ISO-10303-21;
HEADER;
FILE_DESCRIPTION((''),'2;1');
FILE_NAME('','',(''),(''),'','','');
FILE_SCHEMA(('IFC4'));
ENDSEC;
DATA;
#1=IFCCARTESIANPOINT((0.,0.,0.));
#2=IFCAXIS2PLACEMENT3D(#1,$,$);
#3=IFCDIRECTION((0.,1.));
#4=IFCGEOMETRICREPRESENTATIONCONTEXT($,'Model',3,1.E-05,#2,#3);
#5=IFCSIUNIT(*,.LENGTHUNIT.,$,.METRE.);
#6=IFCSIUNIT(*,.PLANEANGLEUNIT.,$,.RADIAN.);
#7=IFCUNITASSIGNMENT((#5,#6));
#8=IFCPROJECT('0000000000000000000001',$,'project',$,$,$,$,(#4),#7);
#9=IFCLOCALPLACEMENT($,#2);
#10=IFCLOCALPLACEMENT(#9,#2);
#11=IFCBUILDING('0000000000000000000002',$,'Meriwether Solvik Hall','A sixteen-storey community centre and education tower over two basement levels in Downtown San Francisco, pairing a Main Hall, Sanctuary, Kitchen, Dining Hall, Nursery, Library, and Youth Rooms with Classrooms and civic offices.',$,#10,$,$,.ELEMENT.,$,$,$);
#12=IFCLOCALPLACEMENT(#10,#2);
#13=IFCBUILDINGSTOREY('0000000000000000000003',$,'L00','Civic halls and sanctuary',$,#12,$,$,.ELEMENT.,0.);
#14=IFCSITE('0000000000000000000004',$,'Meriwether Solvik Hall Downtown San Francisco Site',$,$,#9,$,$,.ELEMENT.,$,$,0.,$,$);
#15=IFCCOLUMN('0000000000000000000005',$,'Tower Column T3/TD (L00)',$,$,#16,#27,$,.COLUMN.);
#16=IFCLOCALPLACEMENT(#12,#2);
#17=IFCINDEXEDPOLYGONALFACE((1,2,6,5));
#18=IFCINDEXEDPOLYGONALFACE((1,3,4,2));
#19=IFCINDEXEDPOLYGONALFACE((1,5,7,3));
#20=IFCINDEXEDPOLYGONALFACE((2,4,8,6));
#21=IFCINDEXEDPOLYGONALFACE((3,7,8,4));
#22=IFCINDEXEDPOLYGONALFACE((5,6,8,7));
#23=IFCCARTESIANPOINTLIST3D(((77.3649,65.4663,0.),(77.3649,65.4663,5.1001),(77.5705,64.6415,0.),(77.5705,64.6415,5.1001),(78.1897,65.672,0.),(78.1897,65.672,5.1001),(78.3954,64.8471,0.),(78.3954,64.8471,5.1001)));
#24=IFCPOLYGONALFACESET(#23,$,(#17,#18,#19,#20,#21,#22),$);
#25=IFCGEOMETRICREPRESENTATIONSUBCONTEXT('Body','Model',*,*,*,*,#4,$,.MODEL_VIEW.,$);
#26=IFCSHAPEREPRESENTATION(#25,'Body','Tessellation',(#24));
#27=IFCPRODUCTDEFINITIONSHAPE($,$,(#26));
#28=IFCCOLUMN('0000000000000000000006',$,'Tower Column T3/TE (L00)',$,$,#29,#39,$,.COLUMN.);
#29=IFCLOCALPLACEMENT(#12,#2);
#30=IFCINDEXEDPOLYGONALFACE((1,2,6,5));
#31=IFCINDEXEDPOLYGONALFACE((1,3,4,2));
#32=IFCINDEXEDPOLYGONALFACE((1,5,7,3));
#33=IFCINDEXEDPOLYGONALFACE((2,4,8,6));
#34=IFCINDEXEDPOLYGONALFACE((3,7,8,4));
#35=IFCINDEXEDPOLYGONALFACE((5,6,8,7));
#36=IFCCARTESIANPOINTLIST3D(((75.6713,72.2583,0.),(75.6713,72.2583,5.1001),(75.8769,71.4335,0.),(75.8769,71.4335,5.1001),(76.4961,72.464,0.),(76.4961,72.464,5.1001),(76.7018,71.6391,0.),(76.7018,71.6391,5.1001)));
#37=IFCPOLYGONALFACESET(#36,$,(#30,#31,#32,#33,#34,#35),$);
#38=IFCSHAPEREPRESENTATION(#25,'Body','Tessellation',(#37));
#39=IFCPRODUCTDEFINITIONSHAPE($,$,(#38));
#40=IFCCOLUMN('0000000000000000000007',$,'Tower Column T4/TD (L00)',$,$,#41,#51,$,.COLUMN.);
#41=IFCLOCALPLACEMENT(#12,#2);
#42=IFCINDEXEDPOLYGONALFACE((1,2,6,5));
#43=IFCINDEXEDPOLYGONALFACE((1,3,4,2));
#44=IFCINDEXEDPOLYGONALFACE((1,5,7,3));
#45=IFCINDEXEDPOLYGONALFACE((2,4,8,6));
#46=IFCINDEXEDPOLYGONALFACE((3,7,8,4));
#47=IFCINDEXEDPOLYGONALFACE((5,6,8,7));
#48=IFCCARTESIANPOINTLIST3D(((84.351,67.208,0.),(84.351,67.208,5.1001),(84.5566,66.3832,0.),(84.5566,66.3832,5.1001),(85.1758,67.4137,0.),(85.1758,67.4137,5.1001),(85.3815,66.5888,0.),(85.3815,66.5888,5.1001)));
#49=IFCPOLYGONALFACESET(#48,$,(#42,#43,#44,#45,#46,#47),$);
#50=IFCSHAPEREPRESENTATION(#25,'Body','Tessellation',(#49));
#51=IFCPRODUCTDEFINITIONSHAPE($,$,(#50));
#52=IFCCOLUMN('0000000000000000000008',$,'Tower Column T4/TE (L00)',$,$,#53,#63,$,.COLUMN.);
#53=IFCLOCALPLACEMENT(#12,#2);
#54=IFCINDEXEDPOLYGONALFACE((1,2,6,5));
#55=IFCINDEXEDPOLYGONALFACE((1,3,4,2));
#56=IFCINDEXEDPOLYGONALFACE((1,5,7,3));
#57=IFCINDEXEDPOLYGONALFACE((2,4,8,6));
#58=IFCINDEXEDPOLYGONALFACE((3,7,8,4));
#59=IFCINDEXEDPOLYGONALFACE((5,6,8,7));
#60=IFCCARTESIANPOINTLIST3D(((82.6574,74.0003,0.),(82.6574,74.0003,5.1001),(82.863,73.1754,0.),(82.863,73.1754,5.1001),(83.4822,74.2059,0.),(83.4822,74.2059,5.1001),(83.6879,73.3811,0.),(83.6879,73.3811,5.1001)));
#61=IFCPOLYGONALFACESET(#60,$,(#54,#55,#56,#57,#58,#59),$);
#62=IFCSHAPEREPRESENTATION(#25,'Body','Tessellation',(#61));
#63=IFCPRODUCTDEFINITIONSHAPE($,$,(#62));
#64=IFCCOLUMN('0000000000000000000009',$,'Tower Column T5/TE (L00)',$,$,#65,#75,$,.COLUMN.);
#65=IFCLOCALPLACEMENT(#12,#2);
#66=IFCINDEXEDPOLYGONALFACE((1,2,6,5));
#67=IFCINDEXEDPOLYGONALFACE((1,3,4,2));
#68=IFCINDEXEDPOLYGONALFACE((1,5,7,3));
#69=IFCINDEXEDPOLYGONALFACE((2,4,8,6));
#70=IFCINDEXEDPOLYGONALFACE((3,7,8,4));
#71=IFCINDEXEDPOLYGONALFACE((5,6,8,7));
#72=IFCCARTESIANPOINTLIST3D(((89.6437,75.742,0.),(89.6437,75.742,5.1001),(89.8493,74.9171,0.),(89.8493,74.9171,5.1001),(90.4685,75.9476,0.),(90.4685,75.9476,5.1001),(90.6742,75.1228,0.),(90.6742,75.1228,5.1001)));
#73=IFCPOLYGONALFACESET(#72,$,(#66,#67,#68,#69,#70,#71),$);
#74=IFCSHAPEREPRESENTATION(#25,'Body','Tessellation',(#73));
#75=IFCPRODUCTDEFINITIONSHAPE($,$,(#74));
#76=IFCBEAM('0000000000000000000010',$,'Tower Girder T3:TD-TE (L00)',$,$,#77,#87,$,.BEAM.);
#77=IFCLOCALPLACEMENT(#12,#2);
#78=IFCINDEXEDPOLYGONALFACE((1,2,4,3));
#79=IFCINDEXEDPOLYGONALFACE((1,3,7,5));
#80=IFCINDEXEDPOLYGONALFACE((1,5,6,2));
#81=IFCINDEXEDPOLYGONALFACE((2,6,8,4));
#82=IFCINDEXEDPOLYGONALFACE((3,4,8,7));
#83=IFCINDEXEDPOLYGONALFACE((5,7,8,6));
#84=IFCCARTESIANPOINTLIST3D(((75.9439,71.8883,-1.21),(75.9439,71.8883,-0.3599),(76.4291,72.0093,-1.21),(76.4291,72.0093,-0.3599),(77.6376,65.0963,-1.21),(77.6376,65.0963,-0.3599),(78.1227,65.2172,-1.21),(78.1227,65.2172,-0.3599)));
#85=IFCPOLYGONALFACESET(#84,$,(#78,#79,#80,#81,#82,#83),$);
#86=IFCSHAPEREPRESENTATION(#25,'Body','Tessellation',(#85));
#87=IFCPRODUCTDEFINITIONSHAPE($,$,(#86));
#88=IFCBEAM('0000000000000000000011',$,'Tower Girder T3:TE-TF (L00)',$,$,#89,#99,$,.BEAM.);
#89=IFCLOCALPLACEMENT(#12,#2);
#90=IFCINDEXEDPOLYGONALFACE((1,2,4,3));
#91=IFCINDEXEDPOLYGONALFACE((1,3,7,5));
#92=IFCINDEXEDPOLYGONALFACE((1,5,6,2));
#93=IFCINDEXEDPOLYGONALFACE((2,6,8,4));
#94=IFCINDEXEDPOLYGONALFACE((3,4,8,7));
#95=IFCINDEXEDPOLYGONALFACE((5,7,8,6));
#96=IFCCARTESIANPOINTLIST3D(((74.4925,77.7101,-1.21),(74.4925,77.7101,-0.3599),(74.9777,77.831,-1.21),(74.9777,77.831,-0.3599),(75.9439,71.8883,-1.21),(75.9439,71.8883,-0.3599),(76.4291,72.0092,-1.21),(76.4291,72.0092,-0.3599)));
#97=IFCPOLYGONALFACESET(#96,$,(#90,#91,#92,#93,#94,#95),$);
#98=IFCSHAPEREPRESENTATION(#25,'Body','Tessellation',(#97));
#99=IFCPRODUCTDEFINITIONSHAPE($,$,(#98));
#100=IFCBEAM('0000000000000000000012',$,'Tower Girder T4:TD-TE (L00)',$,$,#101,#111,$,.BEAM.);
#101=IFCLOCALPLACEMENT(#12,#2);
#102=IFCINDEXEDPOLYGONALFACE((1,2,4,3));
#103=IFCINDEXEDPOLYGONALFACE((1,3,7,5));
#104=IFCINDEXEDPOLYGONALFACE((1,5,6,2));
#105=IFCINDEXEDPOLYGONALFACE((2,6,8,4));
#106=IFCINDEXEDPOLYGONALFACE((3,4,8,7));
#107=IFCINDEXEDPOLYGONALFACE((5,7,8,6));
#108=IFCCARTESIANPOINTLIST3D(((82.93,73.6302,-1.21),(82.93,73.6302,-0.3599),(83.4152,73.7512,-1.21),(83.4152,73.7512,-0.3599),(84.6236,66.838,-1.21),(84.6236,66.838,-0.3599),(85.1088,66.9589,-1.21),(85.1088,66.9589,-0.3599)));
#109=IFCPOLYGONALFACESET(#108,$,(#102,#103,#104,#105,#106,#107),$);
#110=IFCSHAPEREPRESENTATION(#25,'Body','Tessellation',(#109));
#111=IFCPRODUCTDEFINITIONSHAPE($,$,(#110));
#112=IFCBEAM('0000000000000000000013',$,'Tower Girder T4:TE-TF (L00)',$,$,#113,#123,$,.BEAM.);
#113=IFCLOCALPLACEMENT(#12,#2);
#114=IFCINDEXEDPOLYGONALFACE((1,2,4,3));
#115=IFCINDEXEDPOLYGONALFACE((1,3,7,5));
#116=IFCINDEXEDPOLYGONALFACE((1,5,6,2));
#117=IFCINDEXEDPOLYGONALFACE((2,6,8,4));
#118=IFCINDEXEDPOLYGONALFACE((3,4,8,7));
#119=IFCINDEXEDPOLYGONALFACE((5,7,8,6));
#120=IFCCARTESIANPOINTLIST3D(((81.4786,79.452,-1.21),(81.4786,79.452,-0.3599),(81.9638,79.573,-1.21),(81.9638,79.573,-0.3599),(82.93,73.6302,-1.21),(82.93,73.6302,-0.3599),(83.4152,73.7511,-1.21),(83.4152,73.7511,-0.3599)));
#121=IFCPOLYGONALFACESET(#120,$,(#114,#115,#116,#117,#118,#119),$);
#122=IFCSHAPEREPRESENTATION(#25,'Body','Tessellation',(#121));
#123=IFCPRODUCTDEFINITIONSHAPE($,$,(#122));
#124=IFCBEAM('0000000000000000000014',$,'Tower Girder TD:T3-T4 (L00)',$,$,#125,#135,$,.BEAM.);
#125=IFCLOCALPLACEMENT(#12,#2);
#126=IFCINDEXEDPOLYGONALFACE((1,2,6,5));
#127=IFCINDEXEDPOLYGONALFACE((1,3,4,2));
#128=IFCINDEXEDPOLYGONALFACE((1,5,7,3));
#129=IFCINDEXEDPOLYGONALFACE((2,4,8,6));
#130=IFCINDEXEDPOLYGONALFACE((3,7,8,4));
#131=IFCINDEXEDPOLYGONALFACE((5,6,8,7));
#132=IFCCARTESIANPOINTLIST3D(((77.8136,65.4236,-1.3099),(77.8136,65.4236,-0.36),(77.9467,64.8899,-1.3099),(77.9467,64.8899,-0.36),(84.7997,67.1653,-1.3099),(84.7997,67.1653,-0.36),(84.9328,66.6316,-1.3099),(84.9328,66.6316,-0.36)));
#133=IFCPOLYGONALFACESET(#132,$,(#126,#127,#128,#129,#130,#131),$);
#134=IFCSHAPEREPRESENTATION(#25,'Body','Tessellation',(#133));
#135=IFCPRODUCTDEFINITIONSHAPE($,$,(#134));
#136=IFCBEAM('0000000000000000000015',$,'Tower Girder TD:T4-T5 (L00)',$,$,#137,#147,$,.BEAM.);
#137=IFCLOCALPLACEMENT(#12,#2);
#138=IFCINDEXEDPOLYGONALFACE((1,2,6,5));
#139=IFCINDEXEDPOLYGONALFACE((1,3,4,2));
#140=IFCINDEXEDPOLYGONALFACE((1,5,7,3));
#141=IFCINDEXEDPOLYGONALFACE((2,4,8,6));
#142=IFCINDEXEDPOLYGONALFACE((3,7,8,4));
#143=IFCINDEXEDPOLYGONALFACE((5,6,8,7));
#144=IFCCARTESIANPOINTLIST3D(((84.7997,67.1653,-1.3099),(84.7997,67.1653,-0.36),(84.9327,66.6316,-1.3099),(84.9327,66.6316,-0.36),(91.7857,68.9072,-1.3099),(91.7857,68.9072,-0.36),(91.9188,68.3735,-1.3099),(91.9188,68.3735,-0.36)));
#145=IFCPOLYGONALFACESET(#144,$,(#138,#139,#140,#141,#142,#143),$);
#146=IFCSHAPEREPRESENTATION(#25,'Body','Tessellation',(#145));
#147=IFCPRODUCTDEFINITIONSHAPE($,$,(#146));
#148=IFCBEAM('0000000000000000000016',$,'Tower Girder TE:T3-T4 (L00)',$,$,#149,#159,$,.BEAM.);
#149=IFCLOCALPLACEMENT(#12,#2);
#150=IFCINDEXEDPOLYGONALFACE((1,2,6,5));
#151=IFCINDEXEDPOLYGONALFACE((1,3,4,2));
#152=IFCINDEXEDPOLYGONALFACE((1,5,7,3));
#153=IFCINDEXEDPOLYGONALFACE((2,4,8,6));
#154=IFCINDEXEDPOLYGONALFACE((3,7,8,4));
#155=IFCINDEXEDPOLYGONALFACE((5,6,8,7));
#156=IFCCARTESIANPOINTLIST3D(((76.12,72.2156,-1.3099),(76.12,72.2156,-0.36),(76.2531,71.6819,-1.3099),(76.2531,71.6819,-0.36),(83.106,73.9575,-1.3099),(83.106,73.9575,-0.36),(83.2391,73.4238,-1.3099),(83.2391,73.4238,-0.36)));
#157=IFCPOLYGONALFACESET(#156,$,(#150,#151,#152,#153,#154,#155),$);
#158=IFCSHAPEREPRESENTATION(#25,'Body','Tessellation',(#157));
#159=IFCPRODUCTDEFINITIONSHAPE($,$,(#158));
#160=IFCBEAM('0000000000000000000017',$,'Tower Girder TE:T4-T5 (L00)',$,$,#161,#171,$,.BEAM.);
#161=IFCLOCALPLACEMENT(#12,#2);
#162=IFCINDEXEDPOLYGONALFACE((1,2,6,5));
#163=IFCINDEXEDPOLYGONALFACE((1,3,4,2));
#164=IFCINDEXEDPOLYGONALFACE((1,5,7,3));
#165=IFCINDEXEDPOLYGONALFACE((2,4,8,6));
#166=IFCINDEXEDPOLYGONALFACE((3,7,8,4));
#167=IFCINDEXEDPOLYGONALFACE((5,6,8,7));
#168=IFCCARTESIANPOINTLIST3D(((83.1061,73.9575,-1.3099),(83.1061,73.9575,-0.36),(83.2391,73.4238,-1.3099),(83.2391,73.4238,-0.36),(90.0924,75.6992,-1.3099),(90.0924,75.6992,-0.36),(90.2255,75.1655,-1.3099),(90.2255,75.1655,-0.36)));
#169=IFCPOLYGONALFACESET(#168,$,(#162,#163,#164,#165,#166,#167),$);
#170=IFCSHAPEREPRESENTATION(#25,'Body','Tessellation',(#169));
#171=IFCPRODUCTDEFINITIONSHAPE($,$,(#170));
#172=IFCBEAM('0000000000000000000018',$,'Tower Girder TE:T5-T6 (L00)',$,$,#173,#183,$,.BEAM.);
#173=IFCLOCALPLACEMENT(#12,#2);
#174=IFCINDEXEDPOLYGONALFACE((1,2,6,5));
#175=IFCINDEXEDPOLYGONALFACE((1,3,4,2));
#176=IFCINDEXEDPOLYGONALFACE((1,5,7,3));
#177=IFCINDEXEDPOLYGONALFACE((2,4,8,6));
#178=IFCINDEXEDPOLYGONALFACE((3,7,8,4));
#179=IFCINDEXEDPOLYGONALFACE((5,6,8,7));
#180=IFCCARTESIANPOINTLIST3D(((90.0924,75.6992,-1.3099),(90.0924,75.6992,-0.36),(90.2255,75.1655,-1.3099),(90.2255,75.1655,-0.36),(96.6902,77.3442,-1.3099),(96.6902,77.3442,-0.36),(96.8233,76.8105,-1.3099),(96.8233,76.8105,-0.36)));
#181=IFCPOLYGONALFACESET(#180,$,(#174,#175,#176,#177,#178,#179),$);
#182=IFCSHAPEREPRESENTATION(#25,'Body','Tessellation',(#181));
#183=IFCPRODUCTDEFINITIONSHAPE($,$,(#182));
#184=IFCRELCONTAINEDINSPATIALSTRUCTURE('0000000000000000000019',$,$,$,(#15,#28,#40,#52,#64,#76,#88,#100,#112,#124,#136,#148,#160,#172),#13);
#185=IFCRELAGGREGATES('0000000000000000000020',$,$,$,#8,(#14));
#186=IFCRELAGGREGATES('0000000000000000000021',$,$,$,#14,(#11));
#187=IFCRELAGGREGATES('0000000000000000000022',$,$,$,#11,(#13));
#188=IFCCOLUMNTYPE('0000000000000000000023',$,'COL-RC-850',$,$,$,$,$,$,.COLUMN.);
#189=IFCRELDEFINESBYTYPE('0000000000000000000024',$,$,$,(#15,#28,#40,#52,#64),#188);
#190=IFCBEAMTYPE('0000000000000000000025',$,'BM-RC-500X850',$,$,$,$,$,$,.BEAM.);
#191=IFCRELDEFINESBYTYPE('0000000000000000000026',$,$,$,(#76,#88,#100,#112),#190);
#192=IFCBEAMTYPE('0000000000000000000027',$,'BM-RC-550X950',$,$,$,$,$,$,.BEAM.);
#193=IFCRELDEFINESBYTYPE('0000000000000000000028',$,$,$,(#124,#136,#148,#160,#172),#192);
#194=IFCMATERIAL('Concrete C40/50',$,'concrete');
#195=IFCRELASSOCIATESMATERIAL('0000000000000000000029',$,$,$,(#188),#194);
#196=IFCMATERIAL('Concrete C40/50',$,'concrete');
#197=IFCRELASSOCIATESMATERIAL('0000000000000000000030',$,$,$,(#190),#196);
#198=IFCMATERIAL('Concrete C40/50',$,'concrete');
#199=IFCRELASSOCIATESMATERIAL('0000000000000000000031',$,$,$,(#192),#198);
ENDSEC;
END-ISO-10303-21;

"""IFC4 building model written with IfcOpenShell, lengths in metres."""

from ifc_helpers import new_model, si_unit, direction, frame, origin, origin_2d, place, context, subcontext, project, spatial, rectangle, extrude, material, material_profile, profile_set, type_object, element, save


model = new_model("IFC4")

# Units and contexts
model_context = context("Model", 3, precision=1e-05, world=origin(), true_north=direction((0.0, 1.0)))
body_context = subcontext(model_context, "Body", "Model", "MODEL_VIEW")
ifc_project = project(units=[si_unit("LENGTHUNIT", "METRE"), si_unit("PLANEANGLEUNIT", "RADIAN")], contexts=[model_context])

# Site, building, storey
site_placement = place(None, origin())
site = spatial("IfcSite", under=ifc_project, at=site_placement, Name="Meriwether Solvik Hall Downtown San Francisco Site", CompositionType="ELEMENT", RefElevation=0.0)
building_placement = place(site_placement, origin())
building = spatial("IfcBuilding", under=site, at=building_placement, Name="Meriwether Solvik Hall", Description="A sixteen-storey community centre and education tower over two basement levels in Downtown San Francisco, pairing a Main Hall, Sanctuary, Kitchen, Dining Hall, Nursery, Library, and Youth Rooms with Classrooms and civic offices.", CompositionType="ELEMENT")
storey_placement = place(building_placement, origin())
storey = spatial("IfcBuildingStorey", under=building, at=storey_placement, Name="L00", Description="Civic halls and sanctuary", CompositionType="ELEMENT", Elevation=0.0)

# Columns
ifc_material_1 = material(Name="Concrete C40/50", Category="concrete")
ifc_material_profile_1 = material_profile(ifc_material_1, rectangle(XDim=0.8501, YDim=0.8501, at=origin_2d()), Name="RCC-850X850")
ifc_profile_set_1 = profile_set([ifc_material_profile_1], Name="Concrete C40/50")
column_type = type_object("IfcColumnType", Name="COL-RC-850", PredefinedType="COLUMN", material=ifc_profile_set_1)
for number, where, z_axis, x_axis, name in (
    (1, (77.8801, 65.1567, 0.0), (0.0, 0.0, 1.0), (0.970296, 0.241922, 0.0), "Tower Column T3/TD (L00)"),
    (2, (76.1865, 71.9487, 0.0), (0.0, 0.0, 1.0), (0.970296, 0.241922, 0.0), "Tower Column T3/TE (L00)"),
    (3, (84.8662, 66.8984, 0.0), (0.0, 0.0, 1.0), (0.970296, 0.241922, 0.0), "Tower Column T4/TD (L00)"),
    (4, (83.1726, 73.6907, 0.0), (0.0, 0.0, 1.0), (0.970296, 0.241922, 0.0), "Tower Column T4/TE (L00)"),
    (5, (90.1589, 75.4324, 0.0), (0.0, 0.0, 1.0), (0.970296, 0.241922, 0.0), "Tower Column T5/TE (L00)"),
):
    element("IfcColumn", number, at=place(storey_placement, frame(where, z_axis=z_axis, x_axis=x_axis)), inside=storey, type_object=column_type, Name=name, PredefinedType="COLUMN", context=body_context, shape_type="SweptSolid", body=[
        extrude(rectangle(XDim=0.8501, YDim=0.8501, at=origin_2d()), origin(), (0.0, 0.0, 1.0), 5.1001),
    ])

# Beams
ifc_material_2 = material(Name="Concrete C40/50", Category="concrete")
ifc_material_profile_2 = material_profile(ifc_material_2, rectangle(XDim=0.5, YDim=0.8501, at=origin_2d()), Name="RCB-500X850")
ifc_profile_set_2 = profile_set([ifc_material_profile_2], Name="Concrete C40/50")
beam_type_1 = type_object("IfcBeamType", Name="BM-RC-500X850", PredefinedType="BEAM", material=ifc_profile_set_2)
beam_1_placement = place(storey_placement, frame((77.8801, 65.1567, -0.7849), z_axis=(-0.241945, 0.97029, 0.0), x_axis=(-0.97029, -0.241945, 0.0)))
element("IfcBeam", 6, at=beam_1_placement, inside=storey, type_object=beam_type_1, Name="Tower Girder T3:TD-TE (L00)", PredefinedType="BEAM", context=body_context, shape_type="SweptSolid", body=[
    extrude(rectangle(XDim=0.5, YDim=0.8501, at=origin_2d()), origin(), (0.0, 0.0, 1.0), 7.0),
])
beam_2_placement = place(storey_placement, frame((76.1865, 71.9487, -0.7849), z_axis=(-0.241904, 0.9703, 0.0), x_axis=(-0.9703, -0.241904, 0.0)))
element("IfcBeam", 7, at=beam_2_placement, inside=storey, type_object=beam_type_1, Name="Tower Girder T3:TE-TF (L00)", PredefinedType="BEAM", context=body_context, shape_type="SweptSolid", body=[
    extrude(rectangle(XDim=0.5, YDim=0.8501, at=origin_2d()), origin(), (0.0, 0.0, 1.0), 6.0),
])
beam_3_placement = place(storey_placement, frame((84.8662, 66.8984, -0.7849), z_axis=(-0.241937, 0.970292, 0.0), x_axis=(-0.970292, -0.241937, 0.0)))
element("IfcBeam", 8, at=beam_3_placement, inside=storey, type_object=beam_type_1, Name="Tower Girder T4:TD-TE (L00)", PredefinedType="BEAM", context=body_context, shape_type="SweptSolid", body=[
    extrude(rectangle(XDim=0.5, YDim=0.8501, at=origin_2d()), origin(), (0.0, 0.0, 1.0), 7.0002),
])
beam_4_placement = place(storey_placement, frame((83.1726, 73.6907, -0.7849), z_axis=(-0.241904, 0.9703, 0.0), x_axis=(-0.9703, -0.241904, 0.0)))
element("IfcBeam", 9, at=beam_4_placement, inside=storey, type_object=beam_type_1, Name="Tower Girder T4:TE-TF (L00)", PredefinedType="BEAM", context=body_context, shape_type="SweptSolid", body=[
    extrude(rectangle(XDim=0.5, YDim=0.8501, at=origin_2d()), origin(), (0.0, 0.0, 1.0), 6.0),
])
ifc_material_3 = material(Name="Concrete C40/50", Category="concrete")
ifc_material_profile_3 = material_profile(ifc_material_3, rectangle(XDim=0.55, YDim=0.95, at=origin_2d()), Name="RCB-550X950")
ifc_profile_set_3 = profile_set([ifc_material_profile_3], Name="Concrete C40/50")
beam_type_2 = type_object("IfcBeamType", Name="BM-RC-550X950", PredefinedType="BEAM", material=ifc_profile_set_3)
for number, where, z_axis, x_axis, name in (
    (10, (77.8801, 65.1567, -0.835), (0.9703, 0.241905, 0.0), (-0.241905, 0.9703, 0.0), "Tower Girder TD:T3-T4 (L00)"),
    (11, (84.8662, 66.8984, -0.835), (0.970292, 0.241937, 0.0), (-0.241937, 0.970292, 0.0), "Tower Girder TD:T4-T5 (L00)"),
    (12, (76.1865, 71.9487, -0.835), (0.970292, 0.241937, 0.0), (-0.241937, 0.970292, 0.0), "Tower Girder TE:T3-T4 (L00)"),
):
    element("IfcBeam", number, at=place(storey_placement, frame(where, z_axis=z_axis, x_axis=x_axis)), inside=storey, type_object=beam_type_2, Name=name, PredefinedType="BEAM", context=body_context, shape_type="SweptSolid", body=[
        extrude(rectangle(XDim=0.55, YDim=0.95, at=origin_2d()), origin(), (0.0, 0.0, 1.0), 7.2),
    ])
beam_5_placement = place(storey_placement, frame((83.1726, 73.6907, -0.835), z_axis=(0.970302, 0.241897, 0.0), x_axis=(-0.241897, 0.970302, 0.0)))
element("IfcBeam", 13, at=beam_5_placement, inside=storey, type_object=beam_type_2, Name="Tower Girder TE:T4-T5 (L00)", PredefinedType="BEAM", context=body_context, shape_type="SweptSolid", body=[
    extrude(rectangle(XDim=0.55, YDim=0.95, at=origin_2d()), origin(), (0.0, 0.0, 1.0), 7.2002),
])
beam_6_placement = place(storey_placement, frame((90.1589, 75.4324, -0.835), z_axis=(0.970296, 0.241919, 0.0), x_axis=(-0.241919, 0.970296, 0.0)))
element("IfcBeam", 14, at=beam_6_placement, inside=storey, type_object=beam_type_2, Name="Tower Girder TE:T5-T6 (L00)", PredefinedType="BEAM", context=body_context, shape_type="SweptSolid", body=[
    extrude(rectangle(XDim=0.55, YDim=0.95, at=origin_2d()), origin(), (0.0, 0.0, 1.0), 6.7998),
])

save(model, "model.ifc")
